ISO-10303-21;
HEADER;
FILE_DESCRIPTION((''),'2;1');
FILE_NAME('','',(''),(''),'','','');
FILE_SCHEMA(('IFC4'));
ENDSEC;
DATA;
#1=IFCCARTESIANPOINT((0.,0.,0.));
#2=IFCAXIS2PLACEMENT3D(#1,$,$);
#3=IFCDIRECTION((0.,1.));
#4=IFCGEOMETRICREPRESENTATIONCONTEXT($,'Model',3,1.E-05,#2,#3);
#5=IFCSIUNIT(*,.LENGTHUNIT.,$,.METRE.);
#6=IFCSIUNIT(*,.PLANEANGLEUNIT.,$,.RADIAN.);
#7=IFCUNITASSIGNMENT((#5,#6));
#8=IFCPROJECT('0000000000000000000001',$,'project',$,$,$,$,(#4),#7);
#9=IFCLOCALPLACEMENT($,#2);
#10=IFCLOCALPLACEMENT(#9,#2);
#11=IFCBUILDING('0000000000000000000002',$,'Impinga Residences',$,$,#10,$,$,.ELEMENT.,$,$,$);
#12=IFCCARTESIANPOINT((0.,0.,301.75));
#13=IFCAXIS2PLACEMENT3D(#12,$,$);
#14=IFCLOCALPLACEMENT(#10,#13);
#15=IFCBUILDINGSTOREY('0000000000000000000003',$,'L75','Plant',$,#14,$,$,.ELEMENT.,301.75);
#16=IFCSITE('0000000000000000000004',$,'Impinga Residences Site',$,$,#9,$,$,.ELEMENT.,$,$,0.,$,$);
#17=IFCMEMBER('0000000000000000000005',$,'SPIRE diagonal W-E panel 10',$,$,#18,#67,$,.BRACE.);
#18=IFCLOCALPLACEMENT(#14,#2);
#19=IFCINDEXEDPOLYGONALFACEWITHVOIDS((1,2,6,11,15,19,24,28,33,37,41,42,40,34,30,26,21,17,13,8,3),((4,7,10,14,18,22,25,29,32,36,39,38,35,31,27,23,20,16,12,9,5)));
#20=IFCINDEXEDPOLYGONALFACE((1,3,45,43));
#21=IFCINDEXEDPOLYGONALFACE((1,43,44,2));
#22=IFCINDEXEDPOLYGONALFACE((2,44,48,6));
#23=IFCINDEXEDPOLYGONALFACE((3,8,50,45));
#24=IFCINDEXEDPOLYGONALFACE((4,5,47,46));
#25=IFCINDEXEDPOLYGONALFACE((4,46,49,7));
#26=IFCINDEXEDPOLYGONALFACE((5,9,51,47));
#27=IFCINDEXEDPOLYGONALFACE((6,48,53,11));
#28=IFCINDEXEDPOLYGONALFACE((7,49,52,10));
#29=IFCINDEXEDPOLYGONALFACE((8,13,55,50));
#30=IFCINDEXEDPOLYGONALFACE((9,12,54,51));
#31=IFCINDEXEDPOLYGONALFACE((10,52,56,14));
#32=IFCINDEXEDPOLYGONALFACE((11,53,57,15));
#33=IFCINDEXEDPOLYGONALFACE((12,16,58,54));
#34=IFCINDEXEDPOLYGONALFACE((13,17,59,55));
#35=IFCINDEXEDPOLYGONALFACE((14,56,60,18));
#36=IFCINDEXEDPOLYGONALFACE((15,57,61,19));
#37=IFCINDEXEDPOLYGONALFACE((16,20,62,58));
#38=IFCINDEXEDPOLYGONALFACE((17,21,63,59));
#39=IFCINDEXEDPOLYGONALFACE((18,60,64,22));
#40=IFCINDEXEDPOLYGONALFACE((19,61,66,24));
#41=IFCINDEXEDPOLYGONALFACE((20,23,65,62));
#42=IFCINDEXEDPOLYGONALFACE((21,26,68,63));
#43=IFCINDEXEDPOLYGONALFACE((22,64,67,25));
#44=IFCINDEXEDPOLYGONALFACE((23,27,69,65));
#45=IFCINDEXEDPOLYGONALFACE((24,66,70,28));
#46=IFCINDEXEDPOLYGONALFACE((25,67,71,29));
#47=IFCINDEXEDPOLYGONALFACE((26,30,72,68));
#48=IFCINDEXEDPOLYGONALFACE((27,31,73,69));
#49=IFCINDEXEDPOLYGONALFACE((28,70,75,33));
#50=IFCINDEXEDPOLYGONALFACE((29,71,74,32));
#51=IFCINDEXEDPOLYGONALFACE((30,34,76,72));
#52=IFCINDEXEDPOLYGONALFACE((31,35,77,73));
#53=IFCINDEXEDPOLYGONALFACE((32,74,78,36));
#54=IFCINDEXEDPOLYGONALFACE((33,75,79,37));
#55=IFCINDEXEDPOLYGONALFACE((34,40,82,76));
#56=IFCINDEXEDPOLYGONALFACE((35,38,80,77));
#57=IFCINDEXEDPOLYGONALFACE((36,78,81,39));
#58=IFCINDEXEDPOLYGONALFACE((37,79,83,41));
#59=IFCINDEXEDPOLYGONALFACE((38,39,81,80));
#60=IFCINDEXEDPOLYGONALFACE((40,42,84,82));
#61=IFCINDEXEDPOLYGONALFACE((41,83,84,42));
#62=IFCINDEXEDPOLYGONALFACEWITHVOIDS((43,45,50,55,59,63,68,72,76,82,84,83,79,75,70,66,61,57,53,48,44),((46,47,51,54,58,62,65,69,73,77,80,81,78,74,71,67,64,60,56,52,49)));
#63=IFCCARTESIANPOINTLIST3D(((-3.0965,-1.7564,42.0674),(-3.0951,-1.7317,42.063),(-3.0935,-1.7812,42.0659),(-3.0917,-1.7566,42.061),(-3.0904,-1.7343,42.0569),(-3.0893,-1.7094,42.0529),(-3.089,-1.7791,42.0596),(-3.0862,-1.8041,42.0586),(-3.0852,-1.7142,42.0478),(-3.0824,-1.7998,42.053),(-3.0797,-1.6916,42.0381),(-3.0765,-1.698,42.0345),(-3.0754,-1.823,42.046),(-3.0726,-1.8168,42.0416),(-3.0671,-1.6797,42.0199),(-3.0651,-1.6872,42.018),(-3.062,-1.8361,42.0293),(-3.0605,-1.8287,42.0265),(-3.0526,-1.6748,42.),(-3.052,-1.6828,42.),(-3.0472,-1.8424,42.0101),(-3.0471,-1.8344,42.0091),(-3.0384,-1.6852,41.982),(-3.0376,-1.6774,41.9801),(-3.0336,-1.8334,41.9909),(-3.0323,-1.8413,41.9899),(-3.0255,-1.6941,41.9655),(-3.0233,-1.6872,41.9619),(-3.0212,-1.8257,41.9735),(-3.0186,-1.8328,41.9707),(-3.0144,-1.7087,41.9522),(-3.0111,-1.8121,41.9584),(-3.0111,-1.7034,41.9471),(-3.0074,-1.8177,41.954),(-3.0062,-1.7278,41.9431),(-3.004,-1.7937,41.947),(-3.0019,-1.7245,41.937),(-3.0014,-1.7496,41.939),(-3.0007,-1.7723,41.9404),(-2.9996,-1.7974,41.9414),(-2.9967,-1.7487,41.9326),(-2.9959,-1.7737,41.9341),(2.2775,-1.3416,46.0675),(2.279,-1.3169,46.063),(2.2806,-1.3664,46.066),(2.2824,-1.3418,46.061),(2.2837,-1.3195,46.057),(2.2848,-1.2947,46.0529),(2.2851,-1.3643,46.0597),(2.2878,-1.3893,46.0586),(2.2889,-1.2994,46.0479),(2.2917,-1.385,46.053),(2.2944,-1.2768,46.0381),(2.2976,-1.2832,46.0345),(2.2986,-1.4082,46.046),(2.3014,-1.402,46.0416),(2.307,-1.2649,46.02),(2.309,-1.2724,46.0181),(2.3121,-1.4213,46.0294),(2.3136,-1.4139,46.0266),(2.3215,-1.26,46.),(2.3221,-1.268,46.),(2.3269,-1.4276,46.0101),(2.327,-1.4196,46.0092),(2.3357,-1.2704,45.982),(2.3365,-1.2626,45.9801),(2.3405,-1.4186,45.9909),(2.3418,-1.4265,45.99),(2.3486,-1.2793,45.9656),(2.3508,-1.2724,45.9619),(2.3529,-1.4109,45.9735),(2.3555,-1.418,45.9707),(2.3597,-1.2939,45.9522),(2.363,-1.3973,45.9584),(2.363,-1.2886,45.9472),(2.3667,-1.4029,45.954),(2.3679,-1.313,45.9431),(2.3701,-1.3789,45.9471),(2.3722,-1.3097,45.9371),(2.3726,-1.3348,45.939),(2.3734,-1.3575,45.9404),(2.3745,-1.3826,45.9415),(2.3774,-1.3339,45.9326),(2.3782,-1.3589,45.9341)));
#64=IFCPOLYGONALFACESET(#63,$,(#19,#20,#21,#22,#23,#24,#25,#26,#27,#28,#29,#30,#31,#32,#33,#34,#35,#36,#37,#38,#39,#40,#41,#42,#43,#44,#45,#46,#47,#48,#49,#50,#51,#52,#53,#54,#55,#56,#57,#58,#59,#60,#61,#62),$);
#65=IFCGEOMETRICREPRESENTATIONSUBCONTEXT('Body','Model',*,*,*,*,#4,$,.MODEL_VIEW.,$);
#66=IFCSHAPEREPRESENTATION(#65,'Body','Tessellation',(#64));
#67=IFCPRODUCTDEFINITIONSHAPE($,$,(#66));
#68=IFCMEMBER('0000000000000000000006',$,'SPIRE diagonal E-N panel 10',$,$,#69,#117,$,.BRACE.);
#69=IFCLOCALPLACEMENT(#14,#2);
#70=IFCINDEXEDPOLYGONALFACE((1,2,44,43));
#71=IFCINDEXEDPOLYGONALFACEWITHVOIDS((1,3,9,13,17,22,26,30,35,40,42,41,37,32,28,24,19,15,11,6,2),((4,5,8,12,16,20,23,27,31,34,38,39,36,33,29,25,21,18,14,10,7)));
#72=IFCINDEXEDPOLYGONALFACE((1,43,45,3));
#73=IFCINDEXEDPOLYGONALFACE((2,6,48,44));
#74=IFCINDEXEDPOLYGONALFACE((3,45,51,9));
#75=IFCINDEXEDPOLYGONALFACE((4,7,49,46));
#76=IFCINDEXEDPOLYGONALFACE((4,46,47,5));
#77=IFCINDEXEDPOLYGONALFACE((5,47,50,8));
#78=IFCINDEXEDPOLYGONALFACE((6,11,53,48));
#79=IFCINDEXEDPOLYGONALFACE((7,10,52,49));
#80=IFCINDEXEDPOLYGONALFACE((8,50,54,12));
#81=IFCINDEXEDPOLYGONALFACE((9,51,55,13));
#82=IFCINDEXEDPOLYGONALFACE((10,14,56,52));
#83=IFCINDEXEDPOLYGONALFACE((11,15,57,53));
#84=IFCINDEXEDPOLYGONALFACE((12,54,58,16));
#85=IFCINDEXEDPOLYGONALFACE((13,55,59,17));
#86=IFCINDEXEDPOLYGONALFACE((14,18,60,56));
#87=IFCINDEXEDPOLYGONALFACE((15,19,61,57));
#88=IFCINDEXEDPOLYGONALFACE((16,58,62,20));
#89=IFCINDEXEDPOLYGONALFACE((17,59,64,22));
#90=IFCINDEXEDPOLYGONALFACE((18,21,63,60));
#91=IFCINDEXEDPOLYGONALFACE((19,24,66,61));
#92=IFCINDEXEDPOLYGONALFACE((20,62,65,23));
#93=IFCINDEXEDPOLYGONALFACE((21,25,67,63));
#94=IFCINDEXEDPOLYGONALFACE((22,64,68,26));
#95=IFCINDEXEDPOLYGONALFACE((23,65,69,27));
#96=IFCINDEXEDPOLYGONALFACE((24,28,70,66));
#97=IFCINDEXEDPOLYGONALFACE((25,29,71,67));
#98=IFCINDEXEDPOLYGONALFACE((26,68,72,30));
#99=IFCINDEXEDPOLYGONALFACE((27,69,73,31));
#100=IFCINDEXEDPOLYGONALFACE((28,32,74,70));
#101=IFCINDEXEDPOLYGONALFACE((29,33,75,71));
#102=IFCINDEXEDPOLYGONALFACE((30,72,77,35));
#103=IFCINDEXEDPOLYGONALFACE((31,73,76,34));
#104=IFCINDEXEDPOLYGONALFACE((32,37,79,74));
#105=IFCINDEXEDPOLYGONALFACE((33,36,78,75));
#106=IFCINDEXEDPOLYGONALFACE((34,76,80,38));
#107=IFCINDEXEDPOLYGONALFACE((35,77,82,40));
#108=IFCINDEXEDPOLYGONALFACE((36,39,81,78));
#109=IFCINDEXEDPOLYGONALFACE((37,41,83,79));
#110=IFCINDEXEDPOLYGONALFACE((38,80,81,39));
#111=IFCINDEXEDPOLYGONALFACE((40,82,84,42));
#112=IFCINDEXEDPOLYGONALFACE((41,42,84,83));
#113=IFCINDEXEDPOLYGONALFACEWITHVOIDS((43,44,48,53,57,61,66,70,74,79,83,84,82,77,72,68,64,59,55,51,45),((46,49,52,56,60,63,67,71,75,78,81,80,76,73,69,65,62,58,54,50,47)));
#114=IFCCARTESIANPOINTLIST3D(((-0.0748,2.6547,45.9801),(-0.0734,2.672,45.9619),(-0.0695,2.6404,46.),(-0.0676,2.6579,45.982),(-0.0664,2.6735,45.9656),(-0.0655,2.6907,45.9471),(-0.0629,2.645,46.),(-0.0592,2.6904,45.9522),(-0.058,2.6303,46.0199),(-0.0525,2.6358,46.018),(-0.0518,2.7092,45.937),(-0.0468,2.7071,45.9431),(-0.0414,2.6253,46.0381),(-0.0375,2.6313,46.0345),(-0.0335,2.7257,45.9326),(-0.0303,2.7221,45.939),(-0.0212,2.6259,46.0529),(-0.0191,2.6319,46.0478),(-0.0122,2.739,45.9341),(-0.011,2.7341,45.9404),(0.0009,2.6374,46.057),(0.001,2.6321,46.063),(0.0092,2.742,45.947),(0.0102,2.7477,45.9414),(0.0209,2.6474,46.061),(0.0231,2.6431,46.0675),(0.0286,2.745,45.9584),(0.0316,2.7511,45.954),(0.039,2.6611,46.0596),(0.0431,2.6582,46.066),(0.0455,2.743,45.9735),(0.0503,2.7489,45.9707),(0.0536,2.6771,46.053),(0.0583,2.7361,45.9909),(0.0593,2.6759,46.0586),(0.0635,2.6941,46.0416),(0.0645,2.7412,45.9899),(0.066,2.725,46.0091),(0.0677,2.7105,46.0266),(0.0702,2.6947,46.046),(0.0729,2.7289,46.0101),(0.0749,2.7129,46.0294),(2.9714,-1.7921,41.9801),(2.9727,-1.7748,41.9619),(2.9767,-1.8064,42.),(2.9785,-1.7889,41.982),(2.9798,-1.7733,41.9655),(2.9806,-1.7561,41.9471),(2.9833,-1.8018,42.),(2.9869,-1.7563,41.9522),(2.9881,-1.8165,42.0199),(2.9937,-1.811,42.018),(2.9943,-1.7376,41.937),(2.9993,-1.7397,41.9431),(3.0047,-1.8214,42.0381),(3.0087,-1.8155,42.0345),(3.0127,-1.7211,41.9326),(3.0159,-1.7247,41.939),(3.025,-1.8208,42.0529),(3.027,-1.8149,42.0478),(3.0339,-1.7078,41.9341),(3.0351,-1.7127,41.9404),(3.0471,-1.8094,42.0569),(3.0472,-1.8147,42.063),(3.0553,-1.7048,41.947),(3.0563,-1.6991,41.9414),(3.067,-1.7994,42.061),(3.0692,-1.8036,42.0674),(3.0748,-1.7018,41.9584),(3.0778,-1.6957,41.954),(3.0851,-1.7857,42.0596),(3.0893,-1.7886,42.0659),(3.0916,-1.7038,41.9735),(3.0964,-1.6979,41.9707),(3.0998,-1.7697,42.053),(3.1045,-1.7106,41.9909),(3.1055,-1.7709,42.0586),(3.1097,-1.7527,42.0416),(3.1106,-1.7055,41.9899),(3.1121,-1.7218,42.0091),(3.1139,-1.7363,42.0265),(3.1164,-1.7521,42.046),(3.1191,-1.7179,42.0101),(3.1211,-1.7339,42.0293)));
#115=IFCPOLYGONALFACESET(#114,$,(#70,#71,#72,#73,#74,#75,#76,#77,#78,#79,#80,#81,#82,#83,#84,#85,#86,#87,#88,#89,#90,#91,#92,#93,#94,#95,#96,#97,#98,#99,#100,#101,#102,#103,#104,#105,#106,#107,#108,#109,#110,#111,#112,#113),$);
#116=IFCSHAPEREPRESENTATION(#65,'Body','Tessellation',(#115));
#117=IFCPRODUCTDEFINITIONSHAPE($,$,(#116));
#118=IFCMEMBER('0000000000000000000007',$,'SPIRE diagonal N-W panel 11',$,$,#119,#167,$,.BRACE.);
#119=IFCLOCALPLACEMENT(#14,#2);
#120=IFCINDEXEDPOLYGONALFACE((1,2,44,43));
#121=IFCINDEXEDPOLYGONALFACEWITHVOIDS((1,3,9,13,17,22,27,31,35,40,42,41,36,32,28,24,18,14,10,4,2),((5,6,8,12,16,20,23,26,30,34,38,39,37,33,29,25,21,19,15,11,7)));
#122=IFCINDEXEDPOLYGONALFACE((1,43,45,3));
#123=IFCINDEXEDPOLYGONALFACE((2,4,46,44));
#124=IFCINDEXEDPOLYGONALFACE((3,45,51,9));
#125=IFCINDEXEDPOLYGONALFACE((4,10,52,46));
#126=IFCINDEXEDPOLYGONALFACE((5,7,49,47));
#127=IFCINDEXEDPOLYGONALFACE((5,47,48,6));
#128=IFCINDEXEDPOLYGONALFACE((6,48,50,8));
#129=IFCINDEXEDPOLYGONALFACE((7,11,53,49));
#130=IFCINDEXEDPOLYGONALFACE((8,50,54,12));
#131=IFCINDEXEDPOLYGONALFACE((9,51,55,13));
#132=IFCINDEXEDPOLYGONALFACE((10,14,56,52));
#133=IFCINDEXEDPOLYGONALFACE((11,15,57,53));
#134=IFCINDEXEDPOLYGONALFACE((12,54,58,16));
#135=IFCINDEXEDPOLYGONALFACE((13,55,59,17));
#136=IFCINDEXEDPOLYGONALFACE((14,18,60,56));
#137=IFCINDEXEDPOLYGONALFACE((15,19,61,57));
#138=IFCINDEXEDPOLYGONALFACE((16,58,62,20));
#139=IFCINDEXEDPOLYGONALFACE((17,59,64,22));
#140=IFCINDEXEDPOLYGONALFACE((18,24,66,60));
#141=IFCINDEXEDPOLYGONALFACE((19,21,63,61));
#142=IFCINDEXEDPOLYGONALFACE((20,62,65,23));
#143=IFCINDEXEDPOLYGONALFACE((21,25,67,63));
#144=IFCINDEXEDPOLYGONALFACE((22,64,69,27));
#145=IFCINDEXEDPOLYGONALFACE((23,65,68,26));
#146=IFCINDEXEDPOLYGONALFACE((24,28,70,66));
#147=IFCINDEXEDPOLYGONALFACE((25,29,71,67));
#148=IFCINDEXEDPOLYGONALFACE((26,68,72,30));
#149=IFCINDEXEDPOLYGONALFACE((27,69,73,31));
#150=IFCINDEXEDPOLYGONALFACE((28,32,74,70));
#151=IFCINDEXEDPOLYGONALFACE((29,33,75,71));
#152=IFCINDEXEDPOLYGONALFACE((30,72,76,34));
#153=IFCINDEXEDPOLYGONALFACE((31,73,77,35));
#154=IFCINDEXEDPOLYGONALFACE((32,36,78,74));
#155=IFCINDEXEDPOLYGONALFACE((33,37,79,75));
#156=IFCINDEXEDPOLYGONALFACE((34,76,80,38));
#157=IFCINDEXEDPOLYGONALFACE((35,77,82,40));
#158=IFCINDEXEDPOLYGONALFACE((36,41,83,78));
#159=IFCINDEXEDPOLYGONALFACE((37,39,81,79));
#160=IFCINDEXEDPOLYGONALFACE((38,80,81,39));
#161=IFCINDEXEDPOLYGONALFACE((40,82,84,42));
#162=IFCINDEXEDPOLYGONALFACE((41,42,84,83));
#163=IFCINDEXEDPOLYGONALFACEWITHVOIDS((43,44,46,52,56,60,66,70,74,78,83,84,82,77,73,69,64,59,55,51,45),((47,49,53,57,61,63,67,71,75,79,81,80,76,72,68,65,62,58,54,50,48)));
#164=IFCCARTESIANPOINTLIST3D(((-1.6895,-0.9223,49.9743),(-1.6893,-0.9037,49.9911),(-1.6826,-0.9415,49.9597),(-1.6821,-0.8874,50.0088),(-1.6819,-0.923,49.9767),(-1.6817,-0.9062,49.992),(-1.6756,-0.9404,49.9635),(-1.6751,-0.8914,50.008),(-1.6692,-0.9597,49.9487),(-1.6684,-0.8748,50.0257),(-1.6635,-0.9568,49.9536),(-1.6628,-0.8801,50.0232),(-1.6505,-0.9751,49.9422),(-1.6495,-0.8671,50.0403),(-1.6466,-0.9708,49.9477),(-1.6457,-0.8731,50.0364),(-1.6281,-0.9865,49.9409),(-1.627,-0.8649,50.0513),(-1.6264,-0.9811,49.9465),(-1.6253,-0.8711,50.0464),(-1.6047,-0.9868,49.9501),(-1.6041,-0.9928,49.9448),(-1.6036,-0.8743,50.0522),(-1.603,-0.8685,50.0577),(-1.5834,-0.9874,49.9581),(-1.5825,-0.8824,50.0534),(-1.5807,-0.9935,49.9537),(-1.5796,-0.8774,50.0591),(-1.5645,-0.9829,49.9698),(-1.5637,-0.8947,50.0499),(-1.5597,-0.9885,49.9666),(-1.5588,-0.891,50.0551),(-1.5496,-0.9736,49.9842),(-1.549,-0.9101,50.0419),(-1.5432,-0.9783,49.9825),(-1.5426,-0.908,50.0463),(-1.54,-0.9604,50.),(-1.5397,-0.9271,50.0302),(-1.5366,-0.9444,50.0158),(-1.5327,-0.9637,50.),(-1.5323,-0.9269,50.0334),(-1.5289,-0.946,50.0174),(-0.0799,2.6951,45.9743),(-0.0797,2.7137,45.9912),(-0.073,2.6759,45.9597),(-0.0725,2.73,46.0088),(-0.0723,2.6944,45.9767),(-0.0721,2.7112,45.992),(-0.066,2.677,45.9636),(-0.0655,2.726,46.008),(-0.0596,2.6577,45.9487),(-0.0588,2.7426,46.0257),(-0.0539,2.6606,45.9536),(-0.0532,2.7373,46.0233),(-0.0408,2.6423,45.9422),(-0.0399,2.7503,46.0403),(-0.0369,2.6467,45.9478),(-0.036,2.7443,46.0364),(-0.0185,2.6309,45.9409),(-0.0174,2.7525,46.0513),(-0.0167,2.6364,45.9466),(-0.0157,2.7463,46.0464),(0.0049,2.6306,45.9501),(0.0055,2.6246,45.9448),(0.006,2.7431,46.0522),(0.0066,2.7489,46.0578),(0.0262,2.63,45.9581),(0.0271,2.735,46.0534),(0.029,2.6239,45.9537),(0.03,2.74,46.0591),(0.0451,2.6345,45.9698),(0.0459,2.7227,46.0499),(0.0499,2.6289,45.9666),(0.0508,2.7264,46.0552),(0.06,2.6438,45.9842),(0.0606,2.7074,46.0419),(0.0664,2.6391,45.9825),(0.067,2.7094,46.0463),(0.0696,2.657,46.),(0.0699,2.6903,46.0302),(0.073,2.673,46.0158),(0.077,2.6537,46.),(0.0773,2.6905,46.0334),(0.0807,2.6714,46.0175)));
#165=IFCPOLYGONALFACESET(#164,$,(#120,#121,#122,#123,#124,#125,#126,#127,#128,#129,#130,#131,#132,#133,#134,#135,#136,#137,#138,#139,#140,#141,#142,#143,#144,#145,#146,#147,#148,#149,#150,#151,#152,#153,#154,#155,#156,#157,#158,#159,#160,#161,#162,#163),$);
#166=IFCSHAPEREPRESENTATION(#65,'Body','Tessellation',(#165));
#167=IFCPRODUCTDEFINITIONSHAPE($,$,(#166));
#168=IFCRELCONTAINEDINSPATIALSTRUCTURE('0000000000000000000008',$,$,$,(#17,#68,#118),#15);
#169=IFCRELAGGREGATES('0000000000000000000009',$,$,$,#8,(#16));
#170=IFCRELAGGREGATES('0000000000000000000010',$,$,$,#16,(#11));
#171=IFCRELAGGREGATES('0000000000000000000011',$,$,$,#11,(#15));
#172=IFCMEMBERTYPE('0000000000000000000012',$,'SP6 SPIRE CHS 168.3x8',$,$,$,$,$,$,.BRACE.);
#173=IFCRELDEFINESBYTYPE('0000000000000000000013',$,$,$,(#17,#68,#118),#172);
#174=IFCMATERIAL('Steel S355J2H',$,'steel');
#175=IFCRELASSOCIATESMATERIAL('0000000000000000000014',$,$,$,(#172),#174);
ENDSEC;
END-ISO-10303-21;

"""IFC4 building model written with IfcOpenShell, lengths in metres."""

from ifc_helpers import new_model, si_unit, direction, frame, origin, origin_2d, place, context, subcontext, project, spatial, hollow_circle, extrude, material, material_profile, profile_set, type_object, element, save


model = new_model("IFC4")

# Units and contexts
model_context = context("Model", 3, precision=1e-05, world=origin(), true_north=direction((0.0, 1.0)))
body_context = subcontext(model_context, "Body", "Model", "MODEL_VIEW")
ifc_project = project(units=[si_unit("LENGTHUNIT", "METRE"), si_unit("PLANEANGLEUNIT", "RADIAN")], contexts=[model_context])

# Site, building, storey
site_placement = place(None, origin())
site = spatial("IfcSite", under=ifc_project, at=site_placement, Name="Impinga Residences Site", CompositionType="ELEMENT", RefElevation=0.0)
building_placement = place(site_placement, origin())
building = spatial("IfcBuilding", under=site, at=building_placement, Name="Impinga Residences", CompositionType="ELEMENT")
storey_placement = place(building_placement, frame((0.0, 0.0, 301.75)))
storey = spatial("IfcBuildingStorey", under=building, at=storey_placement, Name="L75", Description="Plant", CompositionType="ELEMENT", Elevation=301.75)

# Members
ifc_material = material(Name="Steel S355J2H", Category="steel")
ifc_material_profile_1 = material_profile(ifc_material, hollow_circle(Radius=0.0842, WallThickness=0.0081, at=origin_2d()), Name="CHS 168.3x8")
ifc_profile_set_1 = profile_set([ifc_material_profile_1], Name="Steel S355J2H")
member_type_1 = type_object("IfcMemberType", Name="SP6 SPIRE CHS 168.3x8", PredefinedType="BRACE", material=ifc_profile_set_1)
for number, where, z_axis, x_axis, name in (
    (1, (-3.0461, -1.7588, 42.0), (0.800648, 0.061798, 0.595939), (-0.076956, 0.997034, 0.0), "SPIRE diagonal W-E panel 10"),
    (2, (3.0461, -1.7588, 42.0), (-0.453826, 0.662498, 0.595935), (-0.824995, -0.56514, 0.0), "SPIRE diagonal E-N panel 10"),
):
    element("IfcMember", number, at=place(storey_placement, frame(where, z_axis=z_axis, x_axis=x_axis)), inside=storey, type_object=member_type_1, Name=name, PredefinedType="BRACE", context=body_context, shape_type="SweptSolid", body=[
        extrude(hollow_circle(Radius=0.0842, WallThickness=0.0081, at=origin_2d()), origin(), (0.0, 0.0, 1.0), 6.7122),
    ])
for number, where, z_axis, x_axis, name in (
    (3, (0.0, 2.688, 46.0), (-0.285992, -0.642733, 0.710706), (0.913636, -0.406533, 0.0), "SPIRE diagonal N-W panel 11"),
):
    element("IfcMember", number, at=place(storey_placement, frame(where, z_axis=z_axis, x_axis=x_axis)), inside=storey, type_object=member_type_1, Name=name, PredefinedType="BRACE", context=body_context, shape_type="SweptSolid", body=[
        extrude(hollow_circle(Radius=0.0842, WallThickness=0.0081, at=origin_2d()), origin(), (0.0, 0.0, 1.0), 5.6282),
    ])

save(model, "model.ifc")
